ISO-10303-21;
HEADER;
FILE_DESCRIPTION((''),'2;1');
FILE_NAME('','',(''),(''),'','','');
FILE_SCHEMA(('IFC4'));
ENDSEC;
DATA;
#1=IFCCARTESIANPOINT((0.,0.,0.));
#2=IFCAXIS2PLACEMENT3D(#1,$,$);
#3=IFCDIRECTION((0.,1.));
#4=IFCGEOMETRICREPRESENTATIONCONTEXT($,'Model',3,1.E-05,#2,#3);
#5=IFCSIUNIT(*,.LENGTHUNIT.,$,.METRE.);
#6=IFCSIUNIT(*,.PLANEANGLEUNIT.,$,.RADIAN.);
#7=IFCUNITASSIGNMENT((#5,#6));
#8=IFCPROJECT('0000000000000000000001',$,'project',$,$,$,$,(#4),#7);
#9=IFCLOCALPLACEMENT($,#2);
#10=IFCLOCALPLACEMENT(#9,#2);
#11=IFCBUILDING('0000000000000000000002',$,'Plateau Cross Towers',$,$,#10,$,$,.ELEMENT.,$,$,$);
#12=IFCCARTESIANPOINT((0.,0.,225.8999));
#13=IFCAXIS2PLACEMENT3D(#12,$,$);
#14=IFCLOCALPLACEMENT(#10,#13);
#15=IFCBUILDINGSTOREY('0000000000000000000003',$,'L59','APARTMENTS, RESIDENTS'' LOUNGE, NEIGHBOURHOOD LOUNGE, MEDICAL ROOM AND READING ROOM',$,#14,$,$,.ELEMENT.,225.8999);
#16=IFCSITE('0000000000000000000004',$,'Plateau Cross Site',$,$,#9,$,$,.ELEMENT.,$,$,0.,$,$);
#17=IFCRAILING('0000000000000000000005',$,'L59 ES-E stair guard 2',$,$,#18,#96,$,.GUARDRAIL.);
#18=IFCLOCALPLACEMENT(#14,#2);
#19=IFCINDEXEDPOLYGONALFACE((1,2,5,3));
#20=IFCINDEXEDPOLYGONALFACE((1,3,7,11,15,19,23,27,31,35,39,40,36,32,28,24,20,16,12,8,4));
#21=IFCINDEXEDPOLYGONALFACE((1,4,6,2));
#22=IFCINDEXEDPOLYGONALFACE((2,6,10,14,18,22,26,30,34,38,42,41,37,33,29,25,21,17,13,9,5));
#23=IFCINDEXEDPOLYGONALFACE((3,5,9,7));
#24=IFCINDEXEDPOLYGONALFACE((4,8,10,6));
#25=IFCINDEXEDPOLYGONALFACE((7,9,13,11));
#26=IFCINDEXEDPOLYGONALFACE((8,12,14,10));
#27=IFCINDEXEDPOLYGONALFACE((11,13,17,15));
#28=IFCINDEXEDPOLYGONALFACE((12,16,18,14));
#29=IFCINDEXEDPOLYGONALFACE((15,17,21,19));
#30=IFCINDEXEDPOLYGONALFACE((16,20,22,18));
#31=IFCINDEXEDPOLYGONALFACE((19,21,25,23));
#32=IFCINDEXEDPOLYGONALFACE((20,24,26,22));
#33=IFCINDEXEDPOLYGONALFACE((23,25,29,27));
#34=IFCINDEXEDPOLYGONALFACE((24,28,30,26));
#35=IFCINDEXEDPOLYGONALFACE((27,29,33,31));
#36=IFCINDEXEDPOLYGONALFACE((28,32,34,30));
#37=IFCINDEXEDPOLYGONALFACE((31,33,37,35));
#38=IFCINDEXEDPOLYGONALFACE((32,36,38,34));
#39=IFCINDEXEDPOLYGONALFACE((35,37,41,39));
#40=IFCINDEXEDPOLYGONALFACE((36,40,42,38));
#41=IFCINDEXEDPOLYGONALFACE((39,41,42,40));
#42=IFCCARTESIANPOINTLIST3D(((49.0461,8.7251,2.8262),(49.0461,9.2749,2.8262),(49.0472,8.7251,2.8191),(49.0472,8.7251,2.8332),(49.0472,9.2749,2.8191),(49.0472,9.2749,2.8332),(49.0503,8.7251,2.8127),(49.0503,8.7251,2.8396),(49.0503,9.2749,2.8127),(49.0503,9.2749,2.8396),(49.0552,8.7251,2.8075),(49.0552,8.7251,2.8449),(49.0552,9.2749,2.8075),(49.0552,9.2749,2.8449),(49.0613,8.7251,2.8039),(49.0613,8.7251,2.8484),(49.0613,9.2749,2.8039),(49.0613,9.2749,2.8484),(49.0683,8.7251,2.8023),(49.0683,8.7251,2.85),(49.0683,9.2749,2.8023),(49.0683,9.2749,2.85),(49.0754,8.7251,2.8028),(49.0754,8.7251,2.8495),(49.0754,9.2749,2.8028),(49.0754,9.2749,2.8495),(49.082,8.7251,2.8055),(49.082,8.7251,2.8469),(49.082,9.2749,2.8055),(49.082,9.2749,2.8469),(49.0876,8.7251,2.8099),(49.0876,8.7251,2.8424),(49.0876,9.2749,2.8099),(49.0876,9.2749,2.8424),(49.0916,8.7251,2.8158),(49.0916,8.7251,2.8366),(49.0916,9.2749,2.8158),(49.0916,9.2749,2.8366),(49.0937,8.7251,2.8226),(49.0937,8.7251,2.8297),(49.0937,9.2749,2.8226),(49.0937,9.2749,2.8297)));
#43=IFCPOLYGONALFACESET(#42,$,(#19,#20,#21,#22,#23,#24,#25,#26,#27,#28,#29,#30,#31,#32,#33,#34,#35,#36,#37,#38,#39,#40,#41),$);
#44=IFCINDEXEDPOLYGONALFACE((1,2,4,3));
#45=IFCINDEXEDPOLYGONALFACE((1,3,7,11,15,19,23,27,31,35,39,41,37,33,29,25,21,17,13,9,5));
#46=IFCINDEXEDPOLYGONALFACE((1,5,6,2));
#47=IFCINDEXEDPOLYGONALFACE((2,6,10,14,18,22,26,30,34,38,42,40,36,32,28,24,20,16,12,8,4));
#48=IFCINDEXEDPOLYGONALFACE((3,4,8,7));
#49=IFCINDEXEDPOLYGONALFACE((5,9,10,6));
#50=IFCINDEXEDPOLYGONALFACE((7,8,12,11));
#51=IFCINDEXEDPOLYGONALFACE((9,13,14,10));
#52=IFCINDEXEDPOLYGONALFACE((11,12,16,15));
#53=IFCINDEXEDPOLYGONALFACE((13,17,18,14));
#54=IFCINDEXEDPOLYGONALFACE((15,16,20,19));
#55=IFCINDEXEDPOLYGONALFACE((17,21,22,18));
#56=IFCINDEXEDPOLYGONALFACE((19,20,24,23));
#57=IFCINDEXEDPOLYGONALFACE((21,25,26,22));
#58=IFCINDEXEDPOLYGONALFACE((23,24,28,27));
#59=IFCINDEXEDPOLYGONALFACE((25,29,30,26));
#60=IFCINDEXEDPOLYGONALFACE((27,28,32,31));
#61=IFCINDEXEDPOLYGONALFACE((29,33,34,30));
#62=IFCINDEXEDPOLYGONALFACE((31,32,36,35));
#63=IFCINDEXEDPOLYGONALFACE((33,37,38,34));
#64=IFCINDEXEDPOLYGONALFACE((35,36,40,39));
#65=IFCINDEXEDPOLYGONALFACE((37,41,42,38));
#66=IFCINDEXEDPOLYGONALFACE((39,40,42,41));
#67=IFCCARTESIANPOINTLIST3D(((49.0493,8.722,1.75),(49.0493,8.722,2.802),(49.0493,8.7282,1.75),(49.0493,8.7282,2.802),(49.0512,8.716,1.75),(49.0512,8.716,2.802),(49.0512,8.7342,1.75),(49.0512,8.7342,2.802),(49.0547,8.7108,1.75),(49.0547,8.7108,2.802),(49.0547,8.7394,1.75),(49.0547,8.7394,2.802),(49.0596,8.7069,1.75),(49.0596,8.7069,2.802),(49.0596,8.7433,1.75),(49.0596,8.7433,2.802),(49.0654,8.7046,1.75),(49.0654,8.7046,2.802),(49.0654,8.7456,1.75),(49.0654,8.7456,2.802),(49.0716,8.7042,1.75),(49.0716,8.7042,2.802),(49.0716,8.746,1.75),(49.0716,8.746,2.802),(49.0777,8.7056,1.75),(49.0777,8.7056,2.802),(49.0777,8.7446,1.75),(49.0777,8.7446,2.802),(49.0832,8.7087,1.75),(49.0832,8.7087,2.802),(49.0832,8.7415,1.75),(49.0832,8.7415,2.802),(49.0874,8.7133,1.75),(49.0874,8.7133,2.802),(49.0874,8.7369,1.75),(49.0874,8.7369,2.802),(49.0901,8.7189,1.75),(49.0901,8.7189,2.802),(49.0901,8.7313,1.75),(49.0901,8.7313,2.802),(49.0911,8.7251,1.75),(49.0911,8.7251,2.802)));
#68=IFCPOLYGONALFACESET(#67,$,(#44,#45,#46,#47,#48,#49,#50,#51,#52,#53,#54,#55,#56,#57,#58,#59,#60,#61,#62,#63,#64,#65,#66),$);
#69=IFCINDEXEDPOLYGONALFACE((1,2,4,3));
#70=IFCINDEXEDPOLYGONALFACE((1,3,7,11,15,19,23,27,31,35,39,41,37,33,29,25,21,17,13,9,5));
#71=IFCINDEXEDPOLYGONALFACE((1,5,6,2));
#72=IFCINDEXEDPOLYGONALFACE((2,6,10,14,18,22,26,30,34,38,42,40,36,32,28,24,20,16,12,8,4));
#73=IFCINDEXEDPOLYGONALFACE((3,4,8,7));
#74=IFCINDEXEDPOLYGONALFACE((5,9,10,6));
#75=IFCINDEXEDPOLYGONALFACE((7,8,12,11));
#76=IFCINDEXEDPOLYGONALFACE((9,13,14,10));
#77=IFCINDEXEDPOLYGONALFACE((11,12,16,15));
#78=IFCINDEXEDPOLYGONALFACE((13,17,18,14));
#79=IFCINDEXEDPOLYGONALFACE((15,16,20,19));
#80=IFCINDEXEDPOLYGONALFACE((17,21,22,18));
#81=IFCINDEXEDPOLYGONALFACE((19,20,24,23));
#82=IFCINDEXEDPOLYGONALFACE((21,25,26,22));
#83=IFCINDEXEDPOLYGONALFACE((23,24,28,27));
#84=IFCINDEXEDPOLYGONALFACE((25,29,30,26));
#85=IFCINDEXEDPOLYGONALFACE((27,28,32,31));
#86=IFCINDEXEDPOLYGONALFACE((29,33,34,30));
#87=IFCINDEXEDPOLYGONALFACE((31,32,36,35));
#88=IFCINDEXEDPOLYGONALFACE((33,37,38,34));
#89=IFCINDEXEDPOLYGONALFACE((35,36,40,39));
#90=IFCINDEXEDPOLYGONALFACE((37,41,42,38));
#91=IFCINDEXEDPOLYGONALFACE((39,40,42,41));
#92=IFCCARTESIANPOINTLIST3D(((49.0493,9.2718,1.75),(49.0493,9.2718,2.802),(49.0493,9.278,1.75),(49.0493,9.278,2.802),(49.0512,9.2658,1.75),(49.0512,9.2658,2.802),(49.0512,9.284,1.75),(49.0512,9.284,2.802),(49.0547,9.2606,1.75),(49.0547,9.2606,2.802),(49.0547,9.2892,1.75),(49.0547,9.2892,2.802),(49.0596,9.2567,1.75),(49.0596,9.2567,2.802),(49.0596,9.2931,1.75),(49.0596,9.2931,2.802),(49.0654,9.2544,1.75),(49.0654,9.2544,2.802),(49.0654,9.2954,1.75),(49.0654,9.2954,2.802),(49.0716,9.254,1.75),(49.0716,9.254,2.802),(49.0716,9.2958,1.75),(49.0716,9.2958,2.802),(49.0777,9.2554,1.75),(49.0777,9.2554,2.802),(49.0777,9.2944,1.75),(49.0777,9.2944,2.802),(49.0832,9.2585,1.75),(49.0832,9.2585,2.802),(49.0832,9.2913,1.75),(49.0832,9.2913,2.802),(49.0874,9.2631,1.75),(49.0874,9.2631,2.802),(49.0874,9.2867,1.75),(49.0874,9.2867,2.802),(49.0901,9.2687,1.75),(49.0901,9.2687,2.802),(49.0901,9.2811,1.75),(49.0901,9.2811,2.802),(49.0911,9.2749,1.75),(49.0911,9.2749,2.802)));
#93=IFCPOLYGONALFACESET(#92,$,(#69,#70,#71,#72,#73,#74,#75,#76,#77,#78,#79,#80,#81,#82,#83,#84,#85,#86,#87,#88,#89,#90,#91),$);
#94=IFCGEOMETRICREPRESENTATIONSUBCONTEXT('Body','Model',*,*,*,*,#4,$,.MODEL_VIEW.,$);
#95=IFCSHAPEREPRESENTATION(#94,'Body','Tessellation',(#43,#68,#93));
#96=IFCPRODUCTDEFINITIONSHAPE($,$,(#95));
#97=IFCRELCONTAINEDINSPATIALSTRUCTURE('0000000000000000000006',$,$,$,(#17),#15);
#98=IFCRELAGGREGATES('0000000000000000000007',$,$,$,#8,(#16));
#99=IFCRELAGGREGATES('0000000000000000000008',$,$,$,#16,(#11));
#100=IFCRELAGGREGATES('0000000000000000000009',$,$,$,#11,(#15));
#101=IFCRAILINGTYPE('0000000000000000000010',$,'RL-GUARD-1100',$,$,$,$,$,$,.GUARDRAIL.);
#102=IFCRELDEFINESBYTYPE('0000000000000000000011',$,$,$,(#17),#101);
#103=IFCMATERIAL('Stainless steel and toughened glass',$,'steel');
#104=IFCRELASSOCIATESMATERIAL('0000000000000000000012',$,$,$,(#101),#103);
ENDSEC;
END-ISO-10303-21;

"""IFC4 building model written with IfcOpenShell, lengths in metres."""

from ifc_helpers import new_model, si_unit, direction, frame, origin, origin_2d, place, context, subcontext, project, spatial, circle, extrude, material, type_object, element, save


model = new_model("IFC4")

# Units and contexts
model_context = context("Model", 3, precision=1e-05, world=origin(), true_north=direction((0.0, 1.0)))
body_context = subcontext(model_context, "Body", "Model", "MODEL_VIEW")
ifc_project = project(units=[si_unit("LENGTHUNIT", "METRE"), si_unit("PLANEANGLEUNIT", "RADIAN")], contexts=[model_context])

# Site, building, storey
site_placement = place(None, origin())
site = spatial("IfcSite", under=ifc_project, at=site_placement, Name="Plateau Cross Site", CompositionType="ELEMENT", RefElevation=0.0)
building_placement = place(site_placement, origin())
building = spatial("IfcBuilding", under=site, at=building_placement, Name="Plateau Cross Towers", CompositionType="ELEMENT")
storey_placement = place(building_placement, frame((0.0, 0.0, 225.8999)))
storey = spatial("IfcBuildingStorey", under=building, at=storey_placement, Name="L59", Description="APARTMENTS, RESIDENTS' LOUNGE, NEIGHBOURHOOD LOUNGE, MEDICAL ROOM AND READING ROOM", CompositionType="ELEMENT", Elevation=225.8999)

# Railing
ifc_material_1 = material(Name="Stainless steel and toughened glass", Category="steel")
railing_type_1 = type_object("IfcRailingType", Name="RL-GUARD-1100", PredefinedType="GUARDRAIL", material=ifc_material_1)
railing_1_placement = place(storey_placement, frame((49.0701, 8.7251, 1.75)))
element("IfcRailing", 1, at=railing_1_placement, inside=storey, type_object=railing_type_1, Name="L59 ES-E stair guard 2", PredefinedType="GUARDRAIL", context=body_context, shape_type="SweptSolid", body=[
    extrude(circle(Radius=0.0239, at=origin_2d()), frame((0.0, 0.0, 1.0762), z_axis=(0.0, 1.0, 0.0), x_axis=(-1.0, 0.0, 0.0)), (0.0, 0.0, 1.0), 0.5498),
    extrude(circle(Radius=0.021, at=origin_2d()), origin(), (0.0, 0.0, 1.0), 1.052),
    extrude(circle(Radius=0.021, at=origin_2d()), frame((0.0, 0.5498, 0.0)), (0.0, 0.0, 1.0), 1.052),
])

save(model, "model.ifc")
